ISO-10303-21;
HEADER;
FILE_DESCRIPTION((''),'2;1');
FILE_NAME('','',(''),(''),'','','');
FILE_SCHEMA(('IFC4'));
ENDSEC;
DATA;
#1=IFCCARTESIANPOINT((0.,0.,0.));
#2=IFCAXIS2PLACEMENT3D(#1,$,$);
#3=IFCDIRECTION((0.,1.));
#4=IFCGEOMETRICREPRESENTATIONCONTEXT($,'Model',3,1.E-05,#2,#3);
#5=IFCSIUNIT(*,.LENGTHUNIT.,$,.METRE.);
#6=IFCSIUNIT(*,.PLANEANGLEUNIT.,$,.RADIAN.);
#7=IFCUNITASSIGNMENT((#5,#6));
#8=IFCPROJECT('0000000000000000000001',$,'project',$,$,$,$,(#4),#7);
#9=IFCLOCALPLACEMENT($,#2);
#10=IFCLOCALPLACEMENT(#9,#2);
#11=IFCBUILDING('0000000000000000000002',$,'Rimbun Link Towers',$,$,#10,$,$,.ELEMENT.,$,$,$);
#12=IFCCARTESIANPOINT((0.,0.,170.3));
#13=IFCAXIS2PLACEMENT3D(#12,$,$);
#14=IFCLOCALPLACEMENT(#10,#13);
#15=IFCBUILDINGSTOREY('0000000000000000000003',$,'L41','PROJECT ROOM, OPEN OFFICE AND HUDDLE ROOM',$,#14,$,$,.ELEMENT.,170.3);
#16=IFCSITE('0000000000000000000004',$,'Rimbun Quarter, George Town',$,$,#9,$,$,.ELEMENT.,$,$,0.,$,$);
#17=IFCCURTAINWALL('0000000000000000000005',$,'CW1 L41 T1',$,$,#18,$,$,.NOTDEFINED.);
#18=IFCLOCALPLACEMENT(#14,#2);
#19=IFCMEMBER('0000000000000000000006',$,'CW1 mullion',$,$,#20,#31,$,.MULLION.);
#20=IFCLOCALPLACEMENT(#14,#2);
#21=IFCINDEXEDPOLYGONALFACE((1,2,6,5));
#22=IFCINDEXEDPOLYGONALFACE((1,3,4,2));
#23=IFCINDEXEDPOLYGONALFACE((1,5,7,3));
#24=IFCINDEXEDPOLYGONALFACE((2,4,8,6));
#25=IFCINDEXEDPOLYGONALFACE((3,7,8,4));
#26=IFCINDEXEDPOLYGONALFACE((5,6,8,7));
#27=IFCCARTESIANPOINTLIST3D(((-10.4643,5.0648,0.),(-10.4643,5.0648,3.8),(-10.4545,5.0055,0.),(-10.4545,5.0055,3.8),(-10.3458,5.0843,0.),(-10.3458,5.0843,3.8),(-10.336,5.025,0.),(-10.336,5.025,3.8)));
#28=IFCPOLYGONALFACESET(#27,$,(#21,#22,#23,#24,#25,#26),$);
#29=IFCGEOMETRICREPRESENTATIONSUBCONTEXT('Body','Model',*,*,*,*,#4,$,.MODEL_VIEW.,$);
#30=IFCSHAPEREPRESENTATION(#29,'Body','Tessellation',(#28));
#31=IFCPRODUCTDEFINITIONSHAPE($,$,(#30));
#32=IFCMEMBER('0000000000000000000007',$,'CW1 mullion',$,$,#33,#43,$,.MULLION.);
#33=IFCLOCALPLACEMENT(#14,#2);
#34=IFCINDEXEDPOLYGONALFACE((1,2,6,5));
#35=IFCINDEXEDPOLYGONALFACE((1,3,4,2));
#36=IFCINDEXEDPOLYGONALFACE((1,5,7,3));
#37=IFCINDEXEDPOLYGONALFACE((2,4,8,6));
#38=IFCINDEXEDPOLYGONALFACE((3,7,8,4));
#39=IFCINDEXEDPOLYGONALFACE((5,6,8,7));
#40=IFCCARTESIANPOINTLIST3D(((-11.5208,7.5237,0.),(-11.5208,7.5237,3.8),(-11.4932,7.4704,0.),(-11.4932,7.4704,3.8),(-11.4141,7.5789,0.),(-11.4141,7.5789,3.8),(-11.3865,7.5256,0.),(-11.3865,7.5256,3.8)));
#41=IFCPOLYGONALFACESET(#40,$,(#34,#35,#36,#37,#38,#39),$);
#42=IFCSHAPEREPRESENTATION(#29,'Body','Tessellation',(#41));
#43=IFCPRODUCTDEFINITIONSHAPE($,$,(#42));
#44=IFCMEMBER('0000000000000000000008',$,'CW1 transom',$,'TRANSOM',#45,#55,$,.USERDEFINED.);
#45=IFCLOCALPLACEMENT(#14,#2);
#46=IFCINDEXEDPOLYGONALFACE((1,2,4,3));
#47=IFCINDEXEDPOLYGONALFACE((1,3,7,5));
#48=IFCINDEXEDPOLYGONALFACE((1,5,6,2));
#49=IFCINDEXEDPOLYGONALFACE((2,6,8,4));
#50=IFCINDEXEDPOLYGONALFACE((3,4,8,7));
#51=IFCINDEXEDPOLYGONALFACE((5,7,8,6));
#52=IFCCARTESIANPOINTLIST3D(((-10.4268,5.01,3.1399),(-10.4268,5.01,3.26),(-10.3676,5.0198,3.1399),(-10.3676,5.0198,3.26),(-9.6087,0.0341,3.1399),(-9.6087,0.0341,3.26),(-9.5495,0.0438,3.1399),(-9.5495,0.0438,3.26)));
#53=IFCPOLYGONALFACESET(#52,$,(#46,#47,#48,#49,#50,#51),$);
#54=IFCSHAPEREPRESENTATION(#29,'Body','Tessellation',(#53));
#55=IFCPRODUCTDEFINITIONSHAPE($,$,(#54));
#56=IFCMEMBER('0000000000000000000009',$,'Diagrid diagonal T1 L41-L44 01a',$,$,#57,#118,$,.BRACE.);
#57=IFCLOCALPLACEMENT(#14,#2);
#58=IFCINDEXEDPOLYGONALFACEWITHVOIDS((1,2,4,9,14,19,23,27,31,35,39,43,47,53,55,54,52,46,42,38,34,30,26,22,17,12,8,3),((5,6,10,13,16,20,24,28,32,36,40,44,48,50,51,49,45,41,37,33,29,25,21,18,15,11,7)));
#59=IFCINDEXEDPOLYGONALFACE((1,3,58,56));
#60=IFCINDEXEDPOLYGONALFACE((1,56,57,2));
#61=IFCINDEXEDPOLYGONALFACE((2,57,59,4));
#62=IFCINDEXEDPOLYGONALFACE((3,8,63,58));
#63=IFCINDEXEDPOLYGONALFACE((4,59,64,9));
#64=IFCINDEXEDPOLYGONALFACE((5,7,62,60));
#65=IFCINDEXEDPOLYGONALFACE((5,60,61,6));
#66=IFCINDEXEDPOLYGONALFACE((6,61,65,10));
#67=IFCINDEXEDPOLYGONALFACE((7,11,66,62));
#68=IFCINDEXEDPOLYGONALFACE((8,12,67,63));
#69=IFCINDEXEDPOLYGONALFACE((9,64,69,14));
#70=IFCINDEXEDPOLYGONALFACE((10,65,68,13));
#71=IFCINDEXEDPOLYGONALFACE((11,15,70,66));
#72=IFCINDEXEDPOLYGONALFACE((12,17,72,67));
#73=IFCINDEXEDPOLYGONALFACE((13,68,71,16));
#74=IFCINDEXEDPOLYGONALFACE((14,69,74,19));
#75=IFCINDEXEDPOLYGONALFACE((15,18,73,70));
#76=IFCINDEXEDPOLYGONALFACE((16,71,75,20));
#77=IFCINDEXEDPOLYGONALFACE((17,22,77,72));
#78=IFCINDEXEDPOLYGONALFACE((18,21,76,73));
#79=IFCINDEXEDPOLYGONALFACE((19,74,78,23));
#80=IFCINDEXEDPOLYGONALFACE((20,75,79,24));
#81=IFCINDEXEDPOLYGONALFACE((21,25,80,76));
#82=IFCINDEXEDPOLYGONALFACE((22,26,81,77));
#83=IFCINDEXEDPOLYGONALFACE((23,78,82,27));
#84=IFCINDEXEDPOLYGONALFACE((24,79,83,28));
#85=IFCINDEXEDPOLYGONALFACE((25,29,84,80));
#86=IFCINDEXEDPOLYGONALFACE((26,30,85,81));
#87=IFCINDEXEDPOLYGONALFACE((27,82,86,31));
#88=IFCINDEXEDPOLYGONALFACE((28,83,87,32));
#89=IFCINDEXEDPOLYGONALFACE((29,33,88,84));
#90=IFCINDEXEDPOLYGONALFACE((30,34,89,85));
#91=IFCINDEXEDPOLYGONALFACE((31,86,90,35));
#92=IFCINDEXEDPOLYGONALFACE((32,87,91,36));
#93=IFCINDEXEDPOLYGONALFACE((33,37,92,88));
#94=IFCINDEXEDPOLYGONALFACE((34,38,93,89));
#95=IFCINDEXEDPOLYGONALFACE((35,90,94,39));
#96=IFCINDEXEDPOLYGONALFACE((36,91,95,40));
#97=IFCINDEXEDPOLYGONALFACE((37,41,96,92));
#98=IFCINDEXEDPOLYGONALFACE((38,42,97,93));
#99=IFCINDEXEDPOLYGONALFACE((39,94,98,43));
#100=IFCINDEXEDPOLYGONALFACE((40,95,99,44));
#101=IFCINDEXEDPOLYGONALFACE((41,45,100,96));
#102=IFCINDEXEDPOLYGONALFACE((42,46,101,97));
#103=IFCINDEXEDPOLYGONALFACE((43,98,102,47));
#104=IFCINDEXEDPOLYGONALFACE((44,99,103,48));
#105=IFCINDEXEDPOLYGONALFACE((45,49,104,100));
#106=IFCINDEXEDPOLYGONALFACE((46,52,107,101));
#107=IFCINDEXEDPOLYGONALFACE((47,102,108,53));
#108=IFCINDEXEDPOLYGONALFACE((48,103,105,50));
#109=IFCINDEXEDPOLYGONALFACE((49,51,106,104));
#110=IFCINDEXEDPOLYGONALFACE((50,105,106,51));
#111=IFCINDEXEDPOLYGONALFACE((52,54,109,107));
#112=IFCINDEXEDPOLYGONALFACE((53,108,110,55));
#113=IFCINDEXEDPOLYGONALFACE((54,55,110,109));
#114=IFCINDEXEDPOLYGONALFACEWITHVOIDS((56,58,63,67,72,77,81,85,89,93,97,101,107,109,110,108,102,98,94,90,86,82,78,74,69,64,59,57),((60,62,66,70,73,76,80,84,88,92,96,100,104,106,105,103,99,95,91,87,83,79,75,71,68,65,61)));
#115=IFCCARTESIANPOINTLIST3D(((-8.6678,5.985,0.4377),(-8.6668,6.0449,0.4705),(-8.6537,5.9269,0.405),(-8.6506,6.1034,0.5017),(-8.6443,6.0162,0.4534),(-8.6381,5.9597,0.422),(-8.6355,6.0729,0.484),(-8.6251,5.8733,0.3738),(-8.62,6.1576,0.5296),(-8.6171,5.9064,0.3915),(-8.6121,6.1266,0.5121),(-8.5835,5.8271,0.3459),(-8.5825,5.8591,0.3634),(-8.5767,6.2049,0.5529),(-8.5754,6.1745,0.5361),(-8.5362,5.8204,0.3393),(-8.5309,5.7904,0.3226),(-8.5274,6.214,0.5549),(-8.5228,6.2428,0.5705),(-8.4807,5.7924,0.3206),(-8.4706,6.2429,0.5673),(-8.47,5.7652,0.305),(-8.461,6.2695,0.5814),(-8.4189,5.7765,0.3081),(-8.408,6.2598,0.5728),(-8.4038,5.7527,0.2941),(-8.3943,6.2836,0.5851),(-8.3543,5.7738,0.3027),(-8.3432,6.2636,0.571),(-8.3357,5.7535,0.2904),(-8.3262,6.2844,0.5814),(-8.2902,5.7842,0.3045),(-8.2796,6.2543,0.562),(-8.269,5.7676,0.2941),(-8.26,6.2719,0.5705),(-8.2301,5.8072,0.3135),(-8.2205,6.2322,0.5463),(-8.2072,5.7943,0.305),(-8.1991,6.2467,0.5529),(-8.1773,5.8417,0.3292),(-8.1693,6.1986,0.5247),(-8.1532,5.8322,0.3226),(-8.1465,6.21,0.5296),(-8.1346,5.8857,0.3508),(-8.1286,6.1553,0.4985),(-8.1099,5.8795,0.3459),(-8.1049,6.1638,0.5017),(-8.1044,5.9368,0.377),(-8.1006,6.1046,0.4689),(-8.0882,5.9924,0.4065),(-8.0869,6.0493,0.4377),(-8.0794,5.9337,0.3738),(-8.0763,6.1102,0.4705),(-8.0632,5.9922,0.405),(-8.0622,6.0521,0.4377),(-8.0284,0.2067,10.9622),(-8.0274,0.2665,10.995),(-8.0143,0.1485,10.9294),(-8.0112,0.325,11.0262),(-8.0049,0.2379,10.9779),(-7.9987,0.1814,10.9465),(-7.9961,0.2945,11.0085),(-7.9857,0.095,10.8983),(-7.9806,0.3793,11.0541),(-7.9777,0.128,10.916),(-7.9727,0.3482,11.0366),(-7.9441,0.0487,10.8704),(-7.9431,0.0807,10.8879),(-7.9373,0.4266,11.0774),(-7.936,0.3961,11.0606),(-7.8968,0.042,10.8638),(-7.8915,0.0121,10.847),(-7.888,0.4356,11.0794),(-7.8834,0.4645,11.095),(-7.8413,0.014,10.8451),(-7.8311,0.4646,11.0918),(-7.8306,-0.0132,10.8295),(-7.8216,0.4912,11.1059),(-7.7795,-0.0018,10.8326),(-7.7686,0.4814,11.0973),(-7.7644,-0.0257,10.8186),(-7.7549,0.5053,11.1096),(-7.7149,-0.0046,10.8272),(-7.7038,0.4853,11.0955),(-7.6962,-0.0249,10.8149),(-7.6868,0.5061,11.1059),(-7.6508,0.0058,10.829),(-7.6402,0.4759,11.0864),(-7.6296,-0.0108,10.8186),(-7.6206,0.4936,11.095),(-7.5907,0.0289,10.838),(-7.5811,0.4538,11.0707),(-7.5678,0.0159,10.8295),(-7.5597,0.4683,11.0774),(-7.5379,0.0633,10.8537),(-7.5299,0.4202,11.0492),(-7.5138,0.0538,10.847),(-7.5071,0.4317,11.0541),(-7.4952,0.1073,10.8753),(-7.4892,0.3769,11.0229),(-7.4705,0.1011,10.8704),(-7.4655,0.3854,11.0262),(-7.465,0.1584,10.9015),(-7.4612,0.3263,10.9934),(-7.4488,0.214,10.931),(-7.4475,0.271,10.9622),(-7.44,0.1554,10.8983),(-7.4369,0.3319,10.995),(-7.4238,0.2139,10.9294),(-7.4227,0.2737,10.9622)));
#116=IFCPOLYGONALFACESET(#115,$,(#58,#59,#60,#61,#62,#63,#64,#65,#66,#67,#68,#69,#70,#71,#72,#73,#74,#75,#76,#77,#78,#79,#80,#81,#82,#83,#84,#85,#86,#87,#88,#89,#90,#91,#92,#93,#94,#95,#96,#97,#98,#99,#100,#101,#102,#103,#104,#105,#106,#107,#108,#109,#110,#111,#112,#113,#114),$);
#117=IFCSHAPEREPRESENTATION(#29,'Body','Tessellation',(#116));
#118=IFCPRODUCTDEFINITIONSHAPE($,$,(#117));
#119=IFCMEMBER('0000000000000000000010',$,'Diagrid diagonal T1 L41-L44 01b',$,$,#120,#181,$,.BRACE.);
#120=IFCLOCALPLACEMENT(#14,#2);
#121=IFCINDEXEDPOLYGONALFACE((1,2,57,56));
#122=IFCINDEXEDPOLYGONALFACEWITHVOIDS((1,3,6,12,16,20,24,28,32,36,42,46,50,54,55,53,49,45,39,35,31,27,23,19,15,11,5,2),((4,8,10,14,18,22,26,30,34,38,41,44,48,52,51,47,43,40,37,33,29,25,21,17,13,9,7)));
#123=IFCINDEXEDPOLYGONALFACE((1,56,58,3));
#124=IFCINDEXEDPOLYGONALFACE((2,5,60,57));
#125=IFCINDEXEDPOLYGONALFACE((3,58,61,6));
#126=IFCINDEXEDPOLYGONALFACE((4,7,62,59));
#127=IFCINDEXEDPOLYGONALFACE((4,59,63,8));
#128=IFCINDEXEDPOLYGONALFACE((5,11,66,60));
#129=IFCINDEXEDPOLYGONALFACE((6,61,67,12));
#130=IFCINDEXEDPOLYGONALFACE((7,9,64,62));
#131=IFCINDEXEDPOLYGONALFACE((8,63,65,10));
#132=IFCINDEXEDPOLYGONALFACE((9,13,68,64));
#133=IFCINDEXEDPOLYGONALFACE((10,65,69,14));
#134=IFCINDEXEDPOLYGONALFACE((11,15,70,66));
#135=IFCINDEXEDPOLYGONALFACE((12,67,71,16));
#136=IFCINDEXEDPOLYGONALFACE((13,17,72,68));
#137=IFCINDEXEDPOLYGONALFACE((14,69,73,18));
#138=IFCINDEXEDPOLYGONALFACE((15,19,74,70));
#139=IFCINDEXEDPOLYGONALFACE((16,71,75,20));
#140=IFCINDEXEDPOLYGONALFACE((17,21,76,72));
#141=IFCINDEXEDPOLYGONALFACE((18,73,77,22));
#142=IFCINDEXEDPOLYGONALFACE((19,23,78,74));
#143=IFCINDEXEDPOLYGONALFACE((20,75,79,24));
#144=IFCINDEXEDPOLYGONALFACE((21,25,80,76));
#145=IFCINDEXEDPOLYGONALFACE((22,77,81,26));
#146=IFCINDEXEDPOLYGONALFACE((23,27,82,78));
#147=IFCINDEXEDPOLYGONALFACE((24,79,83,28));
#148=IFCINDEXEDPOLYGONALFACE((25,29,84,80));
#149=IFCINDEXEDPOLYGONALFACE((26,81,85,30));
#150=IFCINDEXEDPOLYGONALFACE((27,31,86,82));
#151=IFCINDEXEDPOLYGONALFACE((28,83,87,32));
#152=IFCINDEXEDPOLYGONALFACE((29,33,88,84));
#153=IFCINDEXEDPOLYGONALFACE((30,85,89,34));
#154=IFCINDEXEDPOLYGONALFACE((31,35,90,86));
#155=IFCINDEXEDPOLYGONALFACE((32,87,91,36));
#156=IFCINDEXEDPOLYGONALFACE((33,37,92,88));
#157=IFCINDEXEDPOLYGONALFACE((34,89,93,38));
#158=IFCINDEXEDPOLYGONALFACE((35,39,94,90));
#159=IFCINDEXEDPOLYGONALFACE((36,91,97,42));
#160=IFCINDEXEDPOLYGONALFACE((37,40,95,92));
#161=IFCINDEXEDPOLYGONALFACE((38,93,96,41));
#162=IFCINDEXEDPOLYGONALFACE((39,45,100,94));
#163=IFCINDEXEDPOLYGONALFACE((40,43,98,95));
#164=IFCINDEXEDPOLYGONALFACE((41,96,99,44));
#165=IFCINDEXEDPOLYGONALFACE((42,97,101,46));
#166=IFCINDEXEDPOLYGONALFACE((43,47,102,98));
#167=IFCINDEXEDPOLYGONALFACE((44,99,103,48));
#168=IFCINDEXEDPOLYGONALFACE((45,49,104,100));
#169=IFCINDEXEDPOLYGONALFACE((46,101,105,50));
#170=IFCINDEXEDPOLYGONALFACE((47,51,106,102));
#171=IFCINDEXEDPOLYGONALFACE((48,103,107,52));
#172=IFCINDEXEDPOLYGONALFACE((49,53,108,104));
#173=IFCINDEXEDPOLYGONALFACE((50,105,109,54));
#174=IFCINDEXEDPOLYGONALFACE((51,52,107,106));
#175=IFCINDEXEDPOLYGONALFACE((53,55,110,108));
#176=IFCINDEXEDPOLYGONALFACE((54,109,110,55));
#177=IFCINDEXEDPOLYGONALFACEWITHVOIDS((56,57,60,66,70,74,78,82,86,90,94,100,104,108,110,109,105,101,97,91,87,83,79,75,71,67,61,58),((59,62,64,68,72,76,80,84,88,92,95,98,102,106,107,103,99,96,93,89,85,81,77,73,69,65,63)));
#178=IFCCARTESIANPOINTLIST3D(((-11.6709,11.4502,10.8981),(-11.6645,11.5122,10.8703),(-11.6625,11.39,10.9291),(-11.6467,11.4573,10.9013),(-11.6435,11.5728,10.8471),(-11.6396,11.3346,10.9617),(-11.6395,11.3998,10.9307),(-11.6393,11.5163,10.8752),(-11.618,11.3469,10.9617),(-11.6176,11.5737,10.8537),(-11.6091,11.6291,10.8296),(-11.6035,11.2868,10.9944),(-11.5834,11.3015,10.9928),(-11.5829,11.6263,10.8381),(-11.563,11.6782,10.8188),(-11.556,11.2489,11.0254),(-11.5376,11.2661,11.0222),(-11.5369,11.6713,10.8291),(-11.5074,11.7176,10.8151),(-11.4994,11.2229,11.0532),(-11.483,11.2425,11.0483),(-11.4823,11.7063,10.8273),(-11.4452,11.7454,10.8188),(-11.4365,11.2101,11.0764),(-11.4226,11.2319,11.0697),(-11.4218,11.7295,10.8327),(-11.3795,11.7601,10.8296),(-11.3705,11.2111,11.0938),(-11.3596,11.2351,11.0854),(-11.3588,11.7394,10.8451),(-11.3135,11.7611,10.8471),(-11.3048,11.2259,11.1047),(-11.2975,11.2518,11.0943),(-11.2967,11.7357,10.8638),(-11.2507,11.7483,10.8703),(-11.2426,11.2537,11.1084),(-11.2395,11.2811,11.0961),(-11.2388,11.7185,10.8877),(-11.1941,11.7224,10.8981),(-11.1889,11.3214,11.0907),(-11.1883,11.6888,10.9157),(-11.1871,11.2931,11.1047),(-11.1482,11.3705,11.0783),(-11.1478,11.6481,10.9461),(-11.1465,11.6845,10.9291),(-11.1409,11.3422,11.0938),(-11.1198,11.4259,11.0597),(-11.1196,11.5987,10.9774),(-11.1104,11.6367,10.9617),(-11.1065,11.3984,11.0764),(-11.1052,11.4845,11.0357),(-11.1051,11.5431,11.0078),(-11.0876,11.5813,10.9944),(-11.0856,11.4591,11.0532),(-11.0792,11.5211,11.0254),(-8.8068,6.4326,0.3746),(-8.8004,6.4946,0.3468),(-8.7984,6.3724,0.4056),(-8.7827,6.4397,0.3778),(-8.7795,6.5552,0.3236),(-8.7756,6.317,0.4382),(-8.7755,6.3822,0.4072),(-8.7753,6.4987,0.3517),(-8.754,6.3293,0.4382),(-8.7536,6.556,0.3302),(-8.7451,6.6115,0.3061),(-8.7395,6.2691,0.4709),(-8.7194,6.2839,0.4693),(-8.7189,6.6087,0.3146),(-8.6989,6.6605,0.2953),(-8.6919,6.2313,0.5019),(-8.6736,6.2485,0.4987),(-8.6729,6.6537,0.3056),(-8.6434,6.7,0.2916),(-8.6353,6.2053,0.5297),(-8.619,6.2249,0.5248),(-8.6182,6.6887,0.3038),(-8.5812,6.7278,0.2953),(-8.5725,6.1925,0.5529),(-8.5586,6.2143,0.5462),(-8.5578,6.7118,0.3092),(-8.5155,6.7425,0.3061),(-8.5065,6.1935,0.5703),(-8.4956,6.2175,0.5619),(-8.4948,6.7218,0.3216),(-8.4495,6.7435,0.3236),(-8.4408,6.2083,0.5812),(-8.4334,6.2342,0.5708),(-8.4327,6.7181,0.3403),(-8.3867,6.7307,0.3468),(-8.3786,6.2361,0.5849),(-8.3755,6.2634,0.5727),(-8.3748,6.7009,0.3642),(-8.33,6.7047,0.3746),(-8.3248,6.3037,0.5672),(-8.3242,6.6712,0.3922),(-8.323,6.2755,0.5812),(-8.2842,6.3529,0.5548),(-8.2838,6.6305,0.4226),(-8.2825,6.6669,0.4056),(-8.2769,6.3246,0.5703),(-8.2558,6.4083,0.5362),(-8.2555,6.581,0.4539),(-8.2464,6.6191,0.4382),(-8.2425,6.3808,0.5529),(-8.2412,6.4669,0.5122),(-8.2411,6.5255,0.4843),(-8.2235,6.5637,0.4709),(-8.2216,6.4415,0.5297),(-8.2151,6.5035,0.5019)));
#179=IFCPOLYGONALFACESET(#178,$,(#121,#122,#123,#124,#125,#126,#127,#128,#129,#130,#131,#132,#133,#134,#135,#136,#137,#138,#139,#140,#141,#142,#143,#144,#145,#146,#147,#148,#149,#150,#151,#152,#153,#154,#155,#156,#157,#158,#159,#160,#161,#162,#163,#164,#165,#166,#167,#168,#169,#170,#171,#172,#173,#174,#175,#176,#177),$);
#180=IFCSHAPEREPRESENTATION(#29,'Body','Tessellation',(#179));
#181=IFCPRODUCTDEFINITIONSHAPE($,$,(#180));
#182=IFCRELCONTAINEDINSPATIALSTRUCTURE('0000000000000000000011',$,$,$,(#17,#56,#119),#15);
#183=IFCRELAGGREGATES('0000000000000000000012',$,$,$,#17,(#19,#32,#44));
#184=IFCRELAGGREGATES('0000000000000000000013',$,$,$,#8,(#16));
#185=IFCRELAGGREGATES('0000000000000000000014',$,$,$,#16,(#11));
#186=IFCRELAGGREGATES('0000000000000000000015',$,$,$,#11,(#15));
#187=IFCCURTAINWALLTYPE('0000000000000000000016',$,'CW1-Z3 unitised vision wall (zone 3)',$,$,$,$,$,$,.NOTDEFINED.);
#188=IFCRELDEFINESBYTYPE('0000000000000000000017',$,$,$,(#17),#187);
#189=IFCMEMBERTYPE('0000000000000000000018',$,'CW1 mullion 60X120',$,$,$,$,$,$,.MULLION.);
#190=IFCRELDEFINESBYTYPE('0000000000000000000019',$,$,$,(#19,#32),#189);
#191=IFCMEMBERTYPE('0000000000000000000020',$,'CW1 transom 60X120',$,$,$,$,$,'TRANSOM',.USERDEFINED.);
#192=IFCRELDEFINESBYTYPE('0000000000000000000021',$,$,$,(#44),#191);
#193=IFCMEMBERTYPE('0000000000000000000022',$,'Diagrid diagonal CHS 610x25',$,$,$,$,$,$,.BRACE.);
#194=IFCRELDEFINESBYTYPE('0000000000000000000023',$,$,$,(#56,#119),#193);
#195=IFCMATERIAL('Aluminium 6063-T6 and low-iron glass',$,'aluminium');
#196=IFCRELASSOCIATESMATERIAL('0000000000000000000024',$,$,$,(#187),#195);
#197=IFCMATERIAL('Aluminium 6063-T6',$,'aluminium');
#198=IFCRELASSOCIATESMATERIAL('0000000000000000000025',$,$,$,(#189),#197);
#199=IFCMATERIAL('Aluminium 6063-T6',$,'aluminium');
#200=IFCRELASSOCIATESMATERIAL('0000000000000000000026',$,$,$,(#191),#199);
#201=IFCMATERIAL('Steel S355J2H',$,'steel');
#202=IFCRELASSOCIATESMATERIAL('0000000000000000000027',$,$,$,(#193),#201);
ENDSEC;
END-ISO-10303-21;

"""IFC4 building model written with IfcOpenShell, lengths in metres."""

from ifc_helpers import new_model, si_unit, direction, frame, origin, origin_2d, place, context, subcontext, project, spatial, rectangle, hollow_circle, extrude, material, material_profile, profile_set, type_object, element, aggregate, save


model = new_model("IFC4")

# Units and contexts
model_context = context("Model", 3, precision=1e-05, world=origin(), true_north=direction((0.0, 1.0)))
body_context = subcontext(model_context, "Body", "Model", "MODEL_VIEW")
ifc_project = project(units=[si_unit("LENGTHUNIT", "METRE"), si_unit("PLANEANGLEUNIT", "RADIAN")], contexts=[model_context])

# Site, building, storey
site_placement = place(None, origin())
site = spatial("IfcSite", under=ifc_project, at=site_placement, Name="Rimbun Quarter, George Town", CompositionType="ELEMENT", RefElevation=0.0)
building_placement = place(site_placement, origin())
building = spatial("IfcBuilding", under=site, at=building_placement, Name="Rimbun Link Towers", CompositionType="ELEMENT")
storey_placement = place(building_placement, frame((0.0, 0.0, 170.3)))
storey = spatial("IfcBuildingStorey", under=building, at=storey_placement, Name="L41", Description="PROJECT ROOM, OPEN OFFICE AND HUDDLE ROOM", CompositionType="ELEMENT", Elevation=170.3)

# Curtain wall, members
ifc_material_1 = material(Name="Aluminium 6063-T6 and low-iron glass", Category="aluminium")
curtain_wall_type = type_object("IfcCurtainWallType", Name="CW1-Z3 unitised vision wall (zone 3)", PredefinedType="NOTDEFINED", material=ifc_material_1)
curtain_wall_placement = place(storey_placement, origin())
curtain_wall = element("IfcCurtainWall", 1, at=curtain_wall_placement, inside=storey, type_object=curtain_wall_type, Name="CW1 L41 T1", PredefinedType="NOTDEFINED")
ifc_material_2 = material(Name="Aluminium 6063-T6", Category="aluminium")
ifc_material_profile_1 = material_profile(ifc_material_2, rectangle(XDim=0.1201, YDim=0.0601, at=origin_2d()), Name="MULLION 60X120")
ifc_profile_set_1 = profile_set([ifc_material_profile_1], Name="Aluminium 6063-T6")
member_type_1 = type_object("IfcMemberType", Name="CW1 mullion 60X120", PredefinedType="MULLION", material=ifc_profile_set_1)
member_1_placement = place(storey_placement, frame((-10.4001, 5.0449, 0.0), z_axis=(0.0, 0.0, 1.0), x_axis=(0.986749, 0.162253, 0.0)))
member_1 = element("IfcMember", 2, at=member_1_placement, type_object=member_type_1, Name="CW1 mullion", PredefinedType="MULLION", context=body_context, shape_type="SweptSolid", body=[
    extrude(rectangle(XDim=0.1201, YDim=0.0601, at=origin_2d()), origin(), (0.0, 0.0, 1.0), 3.8),
])
member_2_placement = place(storey_placement, frame((-11.4536, 7.5247, 0.0), z_axis=(0.0, 0.0, 1.0), x_axis=(0.888147, 0.459559, 0.0)))
member_2 = element("IfcMember", 3, at=member_2_placement, type_object=member_type_1, Name="CW1 mullion", PredefinedType="MULLION", context=body_context, shape_type="SweptSolid", body=[
    extrude(rectangle(XDim=0.1201, YDim=0.0601, at=origin_2d()), origin(), (0.0, 0.0, 1.0), 3.8),
])
ifc_material_3 = material(Name="Aluminium 6063-T6", Category="aluminium")
ifc_material_profile_2 = material_profile(ifc_material_3, rectangle(XDim=0.0601, YDim=0.1201, at=origin_2d()), Name="TRANSOM 60X120")
ifc_profile_set_2 = profile_set([ifc_material_profile_2], Name="Aluminium 6063-T6")
member_type_2 = type_object("IfcMemberType", Name="CW1 transom 60X120", ElementType="TRANSOM", PredefinedType="USERDEFINED", material=ifc_profile_set_2)
member_3_placement = place(storey_placement, frame((-10.3972, 5.0149, 3.2), z_axis=(0.16224, -0.986751, 0.0), x_axis=(0.986751, 0.16224, 0.0)))
member_3 = element("IfcMember", 4, at=member_3_placement, type_object=member_type_2, Name="CW1 transom", ObjectType="TRANSOM", PredefinedType="USERDEFINED", context=body_context, shape_type="SweptSolid", body=[
    extrude(rectangle(XDim=0.0601, YDim=0.1201, at=origin_2d()), origin(), (0.0, 0.0, 1.0), 5.0427),
])

# Members
ifc_material_4 = material(Name="Steel S355J2H", Category="steel")
ifc_material_profile_3 = material_profile(ifc_material_4, hollow_circle(Radius=0.3047, WallThickness=0.0249, at=origin_2d()), Name="Diagrid diagonal CHS 610x25")
ifc_profile_set_3 = profile_set([ifc_material_profile_3], Name="Steel S355J2H")
member_type_3 = type_object("IfcMemberType", Name="Diagrid diagonal CHS 610x25", PredefinedType="BRACE", material=ifc_profile_set_3)
member_4_placement = place(storey_placement, frame((-8.365, 6.0186, 0.4377), z_axis=(0.05318, -0.480591, 0.875331), x_axis=(0.993933, 0.109984, 0.0)))
element("IfcMember", 5, at=member_4_placement, inside=storey, type_object=member_type_3, Name="Diagrid diagonal T1 L41-L44 01a", PredefinedType="BRACE", context=body_context, shape_type="SweptSolid", body=[
    extrude(hollow_circle(Radius=0.3047, WallThickness=0.0249, at=origin_2d()), origin(), (0.0, 0.0, 1.0), 12.0234),
])
member_5_placement = place(storey_placement, frame((-8.511, 6.468, 0.4382), z_axis=(-0.238567, 0.417955, 0.876584), x_axis=(-0.86848, -0.495725, 0.0)))
element("IfcMember", 6, at=member_5_placement, inside=storey, type_object=member_type_3, Name="Diagrid diagonal T1 L41-L44 01b", PredefinedType="BRACE", context=body_context, shape_type="SweptSolid", body=[
    extrude(hollow_circle(Radius=0.3047, WallThickness=0.0249, at=origin_2d()), origin(), (0.0, 0.0, 1.0), 12.0051),
])

aggregate(curtain_wall, [member_1, member_2, member_3])

save(model, "model.ifc")
